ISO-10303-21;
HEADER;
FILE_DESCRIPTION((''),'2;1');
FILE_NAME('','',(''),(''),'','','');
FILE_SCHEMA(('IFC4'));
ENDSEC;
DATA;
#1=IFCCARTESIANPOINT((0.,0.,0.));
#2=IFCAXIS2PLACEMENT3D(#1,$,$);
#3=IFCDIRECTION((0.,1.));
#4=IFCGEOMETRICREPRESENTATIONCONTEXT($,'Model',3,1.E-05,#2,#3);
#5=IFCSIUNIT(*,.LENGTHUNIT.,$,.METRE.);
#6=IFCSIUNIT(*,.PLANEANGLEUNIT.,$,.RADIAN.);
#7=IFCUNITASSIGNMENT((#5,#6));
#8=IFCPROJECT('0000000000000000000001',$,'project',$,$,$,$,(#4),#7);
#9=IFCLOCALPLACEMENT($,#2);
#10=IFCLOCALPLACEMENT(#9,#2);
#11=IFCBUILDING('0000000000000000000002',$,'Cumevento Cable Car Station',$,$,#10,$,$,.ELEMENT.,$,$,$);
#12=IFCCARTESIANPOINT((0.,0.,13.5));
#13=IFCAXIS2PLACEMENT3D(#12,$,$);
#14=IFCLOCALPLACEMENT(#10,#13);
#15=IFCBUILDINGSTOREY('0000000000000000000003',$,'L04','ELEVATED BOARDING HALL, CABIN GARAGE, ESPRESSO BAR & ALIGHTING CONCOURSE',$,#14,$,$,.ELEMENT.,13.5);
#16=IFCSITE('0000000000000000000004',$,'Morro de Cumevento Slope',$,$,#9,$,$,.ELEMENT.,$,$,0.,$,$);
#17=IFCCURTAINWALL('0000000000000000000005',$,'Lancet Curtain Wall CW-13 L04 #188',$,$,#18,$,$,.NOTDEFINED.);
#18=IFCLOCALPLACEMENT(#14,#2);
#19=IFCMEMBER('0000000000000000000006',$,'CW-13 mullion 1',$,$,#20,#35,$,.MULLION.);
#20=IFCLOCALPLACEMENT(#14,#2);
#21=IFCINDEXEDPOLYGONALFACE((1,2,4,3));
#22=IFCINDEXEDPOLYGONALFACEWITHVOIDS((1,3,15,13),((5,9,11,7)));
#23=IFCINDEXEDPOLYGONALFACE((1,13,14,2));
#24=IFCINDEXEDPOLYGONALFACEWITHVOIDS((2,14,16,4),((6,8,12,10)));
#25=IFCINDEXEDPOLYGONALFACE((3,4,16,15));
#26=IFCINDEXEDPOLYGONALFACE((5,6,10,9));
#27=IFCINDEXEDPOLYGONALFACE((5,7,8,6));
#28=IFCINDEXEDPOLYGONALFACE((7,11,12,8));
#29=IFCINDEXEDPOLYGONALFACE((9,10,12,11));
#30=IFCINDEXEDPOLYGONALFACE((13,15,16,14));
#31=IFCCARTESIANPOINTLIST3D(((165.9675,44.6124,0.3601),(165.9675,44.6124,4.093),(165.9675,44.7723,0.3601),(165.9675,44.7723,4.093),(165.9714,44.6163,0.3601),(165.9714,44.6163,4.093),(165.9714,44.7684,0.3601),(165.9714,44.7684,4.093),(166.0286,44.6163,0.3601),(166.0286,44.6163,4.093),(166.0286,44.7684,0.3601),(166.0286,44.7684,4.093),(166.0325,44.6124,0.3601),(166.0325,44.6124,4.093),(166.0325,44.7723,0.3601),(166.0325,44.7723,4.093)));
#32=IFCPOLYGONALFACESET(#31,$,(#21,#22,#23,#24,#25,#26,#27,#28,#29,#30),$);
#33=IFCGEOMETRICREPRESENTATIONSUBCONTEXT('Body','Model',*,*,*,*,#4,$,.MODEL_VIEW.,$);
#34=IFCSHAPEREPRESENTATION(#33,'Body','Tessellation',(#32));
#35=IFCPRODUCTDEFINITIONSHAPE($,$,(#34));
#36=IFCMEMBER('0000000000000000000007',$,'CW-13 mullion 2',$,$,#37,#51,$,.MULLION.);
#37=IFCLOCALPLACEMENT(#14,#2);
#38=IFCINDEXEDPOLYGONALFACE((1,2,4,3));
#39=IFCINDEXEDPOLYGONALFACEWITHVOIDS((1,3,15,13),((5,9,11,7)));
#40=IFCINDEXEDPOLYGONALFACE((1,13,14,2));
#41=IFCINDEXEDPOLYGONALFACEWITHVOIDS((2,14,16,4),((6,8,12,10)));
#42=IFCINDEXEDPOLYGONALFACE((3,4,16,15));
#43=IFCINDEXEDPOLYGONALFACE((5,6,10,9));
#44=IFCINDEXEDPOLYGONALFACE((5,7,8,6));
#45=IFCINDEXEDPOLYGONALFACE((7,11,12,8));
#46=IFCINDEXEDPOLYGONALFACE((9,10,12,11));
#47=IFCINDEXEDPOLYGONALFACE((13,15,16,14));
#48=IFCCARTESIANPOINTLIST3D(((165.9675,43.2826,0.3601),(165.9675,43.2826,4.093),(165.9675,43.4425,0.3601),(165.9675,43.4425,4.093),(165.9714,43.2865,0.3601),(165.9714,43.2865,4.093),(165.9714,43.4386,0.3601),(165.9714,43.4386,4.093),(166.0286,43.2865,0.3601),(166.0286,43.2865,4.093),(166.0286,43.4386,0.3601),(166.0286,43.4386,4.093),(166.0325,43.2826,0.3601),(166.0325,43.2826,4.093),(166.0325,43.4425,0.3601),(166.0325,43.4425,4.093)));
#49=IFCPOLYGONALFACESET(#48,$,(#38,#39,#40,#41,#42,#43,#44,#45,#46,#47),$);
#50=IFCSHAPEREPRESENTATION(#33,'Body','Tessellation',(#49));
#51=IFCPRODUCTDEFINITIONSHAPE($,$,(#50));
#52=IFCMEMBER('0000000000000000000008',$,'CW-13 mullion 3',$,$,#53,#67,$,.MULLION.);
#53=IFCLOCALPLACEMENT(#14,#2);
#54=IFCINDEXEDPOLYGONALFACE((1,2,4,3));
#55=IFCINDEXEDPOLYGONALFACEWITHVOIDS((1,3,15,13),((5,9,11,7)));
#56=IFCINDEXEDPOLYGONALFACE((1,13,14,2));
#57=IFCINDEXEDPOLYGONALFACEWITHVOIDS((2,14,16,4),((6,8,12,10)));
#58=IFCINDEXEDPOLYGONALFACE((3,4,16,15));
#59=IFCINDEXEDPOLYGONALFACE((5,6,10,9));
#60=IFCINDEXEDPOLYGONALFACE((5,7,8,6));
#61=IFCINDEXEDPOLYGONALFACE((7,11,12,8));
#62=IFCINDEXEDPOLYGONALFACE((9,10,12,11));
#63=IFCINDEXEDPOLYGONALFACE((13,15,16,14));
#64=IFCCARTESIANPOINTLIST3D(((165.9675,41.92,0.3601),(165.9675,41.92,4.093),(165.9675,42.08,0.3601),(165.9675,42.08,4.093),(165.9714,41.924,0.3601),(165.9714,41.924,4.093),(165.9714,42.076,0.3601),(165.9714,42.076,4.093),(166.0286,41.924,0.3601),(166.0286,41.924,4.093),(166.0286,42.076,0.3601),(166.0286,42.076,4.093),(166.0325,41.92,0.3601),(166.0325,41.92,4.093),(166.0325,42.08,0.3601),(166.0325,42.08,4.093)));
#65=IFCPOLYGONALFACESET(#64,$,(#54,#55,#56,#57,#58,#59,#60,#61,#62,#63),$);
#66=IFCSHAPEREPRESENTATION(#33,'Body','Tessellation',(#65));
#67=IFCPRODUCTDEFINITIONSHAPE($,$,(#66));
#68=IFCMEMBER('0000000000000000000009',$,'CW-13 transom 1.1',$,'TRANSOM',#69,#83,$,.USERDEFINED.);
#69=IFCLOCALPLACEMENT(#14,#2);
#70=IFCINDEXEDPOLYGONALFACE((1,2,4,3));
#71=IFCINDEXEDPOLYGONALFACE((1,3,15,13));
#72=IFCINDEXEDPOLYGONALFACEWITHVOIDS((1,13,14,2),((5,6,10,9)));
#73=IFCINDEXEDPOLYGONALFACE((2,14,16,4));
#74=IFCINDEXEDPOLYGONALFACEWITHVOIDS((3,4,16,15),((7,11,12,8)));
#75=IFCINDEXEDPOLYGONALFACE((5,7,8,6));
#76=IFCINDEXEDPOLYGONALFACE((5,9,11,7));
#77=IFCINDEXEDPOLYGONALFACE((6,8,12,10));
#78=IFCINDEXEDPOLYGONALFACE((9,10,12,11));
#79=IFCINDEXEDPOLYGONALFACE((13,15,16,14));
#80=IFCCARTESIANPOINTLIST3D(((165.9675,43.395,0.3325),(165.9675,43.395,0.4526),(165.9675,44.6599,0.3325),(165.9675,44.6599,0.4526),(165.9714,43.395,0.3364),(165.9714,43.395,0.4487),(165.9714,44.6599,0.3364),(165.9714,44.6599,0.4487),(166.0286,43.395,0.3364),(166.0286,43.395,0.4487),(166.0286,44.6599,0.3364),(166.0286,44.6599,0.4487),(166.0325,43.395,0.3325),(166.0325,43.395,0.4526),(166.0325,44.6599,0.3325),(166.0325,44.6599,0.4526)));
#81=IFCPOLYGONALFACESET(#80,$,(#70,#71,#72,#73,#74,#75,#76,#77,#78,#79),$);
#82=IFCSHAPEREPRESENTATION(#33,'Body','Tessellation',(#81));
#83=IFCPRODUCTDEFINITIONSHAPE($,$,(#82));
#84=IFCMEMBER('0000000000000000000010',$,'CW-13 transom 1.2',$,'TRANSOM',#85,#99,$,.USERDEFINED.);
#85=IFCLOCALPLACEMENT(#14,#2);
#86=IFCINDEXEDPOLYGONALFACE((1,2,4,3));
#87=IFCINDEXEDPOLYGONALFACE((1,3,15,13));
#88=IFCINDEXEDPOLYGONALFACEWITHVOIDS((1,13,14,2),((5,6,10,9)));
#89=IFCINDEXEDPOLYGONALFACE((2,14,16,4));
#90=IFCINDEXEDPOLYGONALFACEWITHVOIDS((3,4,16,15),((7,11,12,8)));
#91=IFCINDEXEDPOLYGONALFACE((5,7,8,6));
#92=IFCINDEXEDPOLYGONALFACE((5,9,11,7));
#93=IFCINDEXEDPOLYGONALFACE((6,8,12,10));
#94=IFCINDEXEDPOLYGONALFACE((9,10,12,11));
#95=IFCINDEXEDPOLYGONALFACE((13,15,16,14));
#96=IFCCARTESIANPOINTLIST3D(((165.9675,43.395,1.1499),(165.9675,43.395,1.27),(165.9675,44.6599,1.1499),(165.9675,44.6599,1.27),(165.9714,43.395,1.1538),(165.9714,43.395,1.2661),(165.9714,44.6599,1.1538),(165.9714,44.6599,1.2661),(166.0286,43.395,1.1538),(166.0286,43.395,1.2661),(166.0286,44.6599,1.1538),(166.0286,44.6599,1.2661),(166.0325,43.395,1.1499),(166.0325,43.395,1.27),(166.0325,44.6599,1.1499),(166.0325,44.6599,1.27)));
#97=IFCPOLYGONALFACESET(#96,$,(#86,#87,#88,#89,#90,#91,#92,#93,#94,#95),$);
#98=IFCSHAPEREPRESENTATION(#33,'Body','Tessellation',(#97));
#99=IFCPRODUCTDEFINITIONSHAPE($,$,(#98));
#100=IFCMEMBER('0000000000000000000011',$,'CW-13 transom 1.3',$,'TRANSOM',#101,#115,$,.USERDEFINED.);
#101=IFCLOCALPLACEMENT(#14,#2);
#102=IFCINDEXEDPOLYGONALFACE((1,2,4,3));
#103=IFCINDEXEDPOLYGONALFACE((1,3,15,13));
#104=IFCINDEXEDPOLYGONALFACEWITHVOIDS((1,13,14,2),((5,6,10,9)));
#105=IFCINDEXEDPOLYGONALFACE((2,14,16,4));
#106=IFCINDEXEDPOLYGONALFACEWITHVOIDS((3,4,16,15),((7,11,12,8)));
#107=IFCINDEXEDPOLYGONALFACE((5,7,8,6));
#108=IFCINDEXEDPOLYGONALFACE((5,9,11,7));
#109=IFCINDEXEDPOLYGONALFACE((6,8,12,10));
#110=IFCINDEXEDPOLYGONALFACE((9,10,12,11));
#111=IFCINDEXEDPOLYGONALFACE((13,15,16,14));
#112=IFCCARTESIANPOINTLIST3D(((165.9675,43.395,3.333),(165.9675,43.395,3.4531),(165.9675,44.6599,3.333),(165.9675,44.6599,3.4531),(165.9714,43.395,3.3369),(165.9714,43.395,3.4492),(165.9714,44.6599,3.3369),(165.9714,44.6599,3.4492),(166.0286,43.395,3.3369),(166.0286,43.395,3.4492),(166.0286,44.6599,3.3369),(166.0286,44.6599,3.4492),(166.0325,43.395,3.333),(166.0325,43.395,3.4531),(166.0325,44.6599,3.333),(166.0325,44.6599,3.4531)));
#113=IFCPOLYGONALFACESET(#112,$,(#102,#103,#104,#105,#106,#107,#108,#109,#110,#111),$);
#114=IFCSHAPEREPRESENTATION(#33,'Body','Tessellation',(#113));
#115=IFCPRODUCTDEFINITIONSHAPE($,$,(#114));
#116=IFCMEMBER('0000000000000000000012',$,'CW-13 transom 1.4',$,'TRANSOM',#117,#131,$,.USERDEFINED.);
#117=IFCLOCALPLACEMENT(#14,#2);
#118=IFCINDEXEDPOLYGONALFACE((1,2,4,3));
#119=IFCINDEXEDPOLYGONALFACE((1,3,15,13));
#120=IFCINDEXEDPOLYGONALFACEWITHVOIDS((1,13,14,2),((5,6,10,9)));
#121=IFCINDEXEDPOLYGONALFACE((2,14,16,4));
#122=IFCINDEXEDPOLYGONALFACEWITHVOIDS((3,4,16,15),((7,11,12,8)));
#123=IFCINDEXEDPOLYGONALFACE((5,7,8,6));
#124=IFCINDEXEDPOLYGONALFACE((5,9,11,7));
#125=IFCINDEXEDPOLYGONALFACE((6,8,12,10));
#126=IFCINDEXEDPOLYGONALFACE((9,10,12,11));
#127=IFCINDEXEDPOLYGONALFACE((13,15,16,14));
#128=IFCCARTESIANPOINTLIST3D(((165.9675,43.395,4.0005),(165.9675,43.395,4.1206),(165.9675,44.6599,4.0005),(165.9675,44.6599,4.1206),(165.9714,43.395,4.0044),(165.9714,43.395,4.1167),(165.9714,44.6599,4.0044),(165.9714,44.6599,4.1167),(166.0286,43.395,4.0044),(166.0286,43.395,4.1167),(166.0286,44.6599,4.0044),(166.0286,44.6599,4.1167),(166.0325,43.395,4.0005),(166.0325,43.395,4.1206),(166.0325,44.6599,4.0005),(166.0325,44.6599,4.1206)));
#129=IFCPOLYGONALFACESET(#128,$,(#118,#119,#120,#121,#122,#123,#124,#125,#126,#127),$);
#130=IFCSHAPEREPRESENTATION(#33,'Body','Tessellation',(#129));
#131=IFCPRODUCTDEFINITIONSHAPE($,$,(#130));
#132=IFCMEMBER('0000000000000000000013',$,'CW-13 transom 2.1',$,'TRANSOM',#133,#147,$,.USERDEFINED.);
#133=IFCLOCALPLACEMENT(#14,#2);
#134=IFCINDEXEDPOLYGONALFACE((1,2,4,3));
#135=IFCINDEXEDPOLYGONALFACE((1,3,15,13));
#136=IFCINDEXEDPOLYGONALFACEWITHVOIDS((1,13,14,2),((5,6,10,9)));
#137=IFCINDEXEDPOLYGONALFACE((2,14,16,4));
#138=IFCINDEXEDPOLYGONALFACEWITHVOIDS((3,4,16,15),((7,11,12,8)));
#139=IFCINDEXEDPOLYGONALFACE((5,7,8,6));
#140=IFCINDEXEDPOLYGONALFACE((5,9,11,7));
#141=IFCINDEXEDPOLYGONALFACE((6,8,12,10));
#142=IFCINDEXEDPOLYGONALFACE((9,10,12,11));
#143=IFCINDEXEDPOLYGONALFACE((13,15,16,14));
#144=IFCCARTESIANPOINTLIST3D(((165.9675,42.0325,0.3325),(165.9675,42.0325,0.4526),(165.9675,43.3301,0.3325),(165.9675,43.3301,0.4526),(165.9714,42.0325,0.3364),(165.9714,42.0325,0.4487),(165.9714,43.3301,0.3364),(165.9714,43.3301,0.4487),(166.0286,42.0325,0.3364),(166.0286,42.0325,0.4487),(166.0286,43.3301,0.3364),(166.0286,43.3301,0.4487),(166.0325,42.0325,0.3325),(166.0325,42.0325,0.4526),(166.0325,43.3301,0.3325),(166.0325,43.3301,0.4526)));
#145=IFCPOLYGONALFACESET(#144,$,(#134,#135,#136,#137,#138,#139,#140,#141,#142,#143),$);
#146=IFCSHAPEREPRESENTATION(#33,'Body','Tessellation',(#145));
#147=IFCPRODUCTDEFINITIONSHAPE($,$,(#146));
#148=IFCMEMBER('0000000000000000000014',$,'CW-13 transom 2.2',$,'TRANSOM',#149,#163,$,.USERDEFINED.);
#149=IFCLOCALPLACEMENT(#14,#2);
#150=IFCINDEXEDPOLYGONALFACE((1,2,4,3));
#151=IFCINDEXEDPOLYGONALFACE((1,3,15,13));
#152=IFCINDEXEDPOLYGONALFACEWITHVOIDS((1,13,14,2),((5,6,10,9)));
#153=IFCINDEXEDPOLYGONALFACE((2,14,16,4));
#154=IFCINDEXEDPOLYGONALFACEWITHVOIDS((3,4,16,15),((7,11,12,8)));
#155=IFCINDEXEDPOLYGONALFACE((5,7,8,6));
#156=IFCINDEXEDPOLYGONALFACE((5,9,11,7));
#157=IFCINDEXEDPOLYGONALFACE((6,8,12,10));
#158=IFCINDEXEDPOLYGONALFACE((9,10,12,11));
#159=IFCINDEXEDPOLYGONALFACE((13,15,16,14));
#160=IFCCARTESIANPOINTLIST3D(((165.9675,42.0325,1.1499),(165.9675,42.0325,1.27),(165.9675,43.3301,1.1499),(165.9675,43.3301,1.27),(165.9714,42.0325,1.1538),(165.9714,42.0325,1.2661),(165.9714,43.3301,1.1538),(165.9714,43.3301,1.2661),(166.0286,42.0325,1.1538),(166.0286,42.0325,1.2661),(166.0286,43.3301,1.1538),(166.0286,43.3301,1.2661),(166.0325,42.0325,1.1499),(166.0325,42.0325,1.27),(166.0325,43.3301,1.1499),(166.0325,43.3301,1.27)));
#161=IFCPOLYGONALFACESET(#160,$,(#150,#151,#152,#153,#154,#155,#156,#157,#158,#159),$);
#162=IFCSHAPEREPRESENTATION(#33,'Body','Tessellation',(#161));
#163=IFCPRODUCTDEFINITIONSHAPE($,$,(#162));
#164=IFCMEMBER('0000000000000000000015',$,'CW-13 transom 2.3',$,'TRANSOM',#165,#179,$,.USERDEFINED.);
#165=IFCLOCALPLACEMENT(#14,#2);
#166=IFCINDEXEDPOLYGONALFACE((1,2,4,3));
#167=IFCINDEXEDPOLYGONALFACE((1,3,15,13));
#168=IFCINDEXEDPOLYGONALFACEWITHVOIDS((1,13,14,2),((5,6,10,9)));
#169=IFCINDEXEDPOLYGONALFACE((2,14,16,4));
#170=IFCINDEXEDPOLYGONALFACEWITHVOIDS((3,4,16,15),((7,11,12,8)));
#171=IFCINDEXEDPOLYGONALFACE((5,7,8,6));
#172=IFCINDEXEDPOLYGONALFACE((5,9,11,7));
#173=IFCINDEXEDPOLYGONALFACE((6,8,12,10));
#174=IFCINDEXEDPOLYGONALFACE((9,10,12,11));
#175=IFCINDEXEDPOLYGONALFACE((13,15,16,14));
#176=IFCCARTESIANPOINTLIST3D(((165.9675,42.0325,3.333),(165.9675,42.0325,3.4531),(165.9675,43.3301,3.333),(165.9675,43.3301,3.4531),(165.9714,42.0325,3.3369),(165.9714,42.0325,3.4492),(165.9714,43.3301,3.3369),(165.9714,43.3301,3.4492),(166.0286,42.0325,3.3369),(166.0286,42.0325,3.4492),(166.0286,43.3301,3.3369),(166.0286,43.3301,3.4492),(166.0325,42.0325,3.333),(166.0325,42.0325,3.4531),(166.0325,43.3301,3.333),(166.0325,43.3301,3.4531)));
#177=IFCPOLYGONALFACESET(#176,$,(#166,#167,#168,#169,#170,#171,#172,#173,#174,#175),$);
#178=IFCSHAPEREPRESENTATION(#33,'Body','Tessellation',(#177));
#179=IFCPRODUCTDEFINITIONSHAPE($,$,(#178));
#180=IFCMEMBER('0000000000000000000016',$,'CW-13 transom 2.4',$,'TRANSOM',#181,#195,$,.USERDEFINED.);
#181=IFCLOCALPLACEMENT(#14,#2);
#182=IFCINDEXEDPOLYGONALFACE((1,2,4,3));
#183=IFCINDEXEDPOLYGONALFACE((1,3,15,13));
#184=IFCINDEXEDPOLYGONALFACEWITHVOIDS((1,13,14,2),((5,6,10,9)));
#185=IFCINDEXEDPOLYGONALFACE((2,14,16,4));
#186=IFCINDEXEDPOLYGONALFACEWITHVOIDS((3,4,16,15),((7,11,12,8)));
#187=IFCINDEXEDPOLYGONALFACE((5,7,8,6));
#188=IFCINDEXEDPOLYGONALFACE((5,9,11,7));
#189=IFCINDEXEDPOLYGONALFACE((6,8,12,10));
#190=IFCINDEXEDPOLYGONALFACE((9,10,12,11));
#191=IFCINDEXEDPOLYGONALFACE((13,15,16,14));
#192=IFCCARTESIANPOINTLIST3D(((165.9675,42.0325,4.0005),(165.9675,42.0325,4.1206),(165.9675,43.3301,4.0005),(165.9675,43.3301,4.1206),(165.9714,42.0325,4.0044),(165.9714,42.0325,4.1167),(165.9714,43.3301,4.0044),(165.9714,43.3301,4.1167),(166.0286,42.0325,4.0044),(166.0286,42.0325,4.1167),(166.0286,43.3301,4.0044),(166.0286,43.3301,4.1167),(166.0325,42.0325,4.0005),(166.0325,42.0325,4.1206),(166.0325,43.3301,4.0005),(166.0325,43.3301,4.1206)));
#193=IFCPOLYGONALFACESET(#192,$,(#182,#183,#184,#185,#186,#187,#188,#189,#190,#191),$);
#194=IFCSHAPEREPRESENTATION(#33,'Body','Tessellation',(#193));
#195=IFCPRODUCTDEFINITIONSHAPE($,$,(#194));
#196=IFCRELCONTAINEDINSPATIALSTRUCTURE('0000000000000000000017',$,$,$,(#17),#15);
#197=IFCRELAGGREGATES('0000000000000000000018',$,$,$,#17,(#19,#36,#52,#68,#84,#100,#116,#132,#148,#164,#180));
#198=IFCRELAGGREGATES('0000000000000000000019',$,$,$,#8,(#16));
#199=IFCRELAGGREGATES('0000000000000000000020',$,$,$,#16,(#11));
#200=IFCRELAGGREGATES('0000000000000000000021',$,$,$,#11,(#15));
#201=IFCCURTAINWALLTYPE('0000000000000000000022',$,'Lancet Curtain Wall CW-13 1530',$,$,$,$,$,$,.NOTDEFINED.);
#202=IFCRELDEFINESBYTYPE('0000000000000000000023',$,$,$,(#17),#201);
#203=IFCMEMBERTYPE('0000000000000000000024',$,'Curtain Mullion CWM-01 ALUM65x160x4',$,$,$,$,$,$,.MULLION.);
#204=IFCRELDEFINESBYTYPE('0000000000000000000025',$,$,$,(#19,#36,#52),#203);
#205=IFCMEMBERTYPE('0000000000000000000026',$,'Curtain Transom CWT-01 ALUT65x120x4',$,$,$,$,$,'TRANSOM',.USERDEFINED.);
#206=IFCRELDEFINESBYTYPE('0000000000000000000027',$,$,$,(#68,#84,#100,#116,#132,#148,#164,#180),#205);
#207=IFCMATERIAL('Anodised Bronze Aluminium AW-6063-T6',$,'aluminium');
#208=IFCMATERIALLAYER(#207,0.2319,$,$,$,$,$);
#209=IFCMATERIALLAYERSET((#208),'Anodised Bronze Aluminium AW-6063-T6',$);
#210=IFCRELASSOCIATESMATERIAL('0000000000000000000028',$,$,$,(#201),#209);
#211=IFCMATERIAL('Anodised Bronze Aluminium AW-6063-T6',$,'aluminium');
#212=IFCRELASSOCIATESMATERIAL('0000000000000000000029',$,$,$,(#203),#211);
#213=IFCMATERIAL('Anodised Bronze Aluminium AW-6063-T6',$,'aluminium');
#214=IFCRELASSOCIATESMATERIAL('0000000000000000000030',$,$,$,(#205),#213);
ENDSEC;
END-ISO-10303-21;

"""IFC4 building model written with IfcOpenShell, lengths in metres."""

from ifc_helpers import new_model, si_unit, direction, frame, origin, origin_2d, place, context, subcontext, project, spatial, hollow_rectangle, extrude, material, layer, layer_set, material_profile, profile_set, type_object, element, aggregate, save


model = new_model("IFC4")

# Units and contexts
model_context = context("Model", 3, precision=1e-05, world=origin(), true_north=direction((0.0, 1.0)))
body_context = subcontext(model_context, "Body", "Model", "MODEL_VIEW")
ifc_project = project(units=[si_unit("LENGTHUNIT", "METRE"), si_unit("PLANEANGLEUNIT", "RADIAN")], contexts=[model_context])

# Site, building, storey
site_placement = place(None, origin())
site = spatial("IfcSite", under=ifc_project, at=site_placement, Name="Morro de Cumevento Slope", CompositionType="ELEMENT", RefElevation=0.0)
building_placement = place(site_placement, origin())
building = spatial("IfcBuilding", under=site, at=building_placement, Name="Cumevento Cable Car Station", CompositionType="ELEMENT")
storey_placement = place(building_placement, frame((0.0, 0.0, 13.5)))
storey = spatial("IfcBuildingStorey", under=building, at=storey_placement, Name="L04", Description="ELEVATED BOARDING HALL, CABIN GARAGE, ESPRESSO BAR & ALIGHTING CONCOURSE", CompositionType="ELEMENT", Elevation=13.5)

# Curtain wall, members
ifc_material_1 = material(Name="Anodised Bronze Aluminium AW-6063-T6", Category="aluminium")
ifc_layer_1 = layer(ifc_material_1, 0.2319)
ifc_layer_set_1 = layer_set([ifc_layer_1], Name="Anodised Bronze Aluminium AW-6063-T6")
curtain_wall_type = type_object("IfcCurtainWallType", Name="Lancet Curtain Wall CW-13 1530", PredefinedType="NOTDEFINED", material=ifc_layer_set_1)
curtain_wall_placement = place(storey_placement, origin())
curtain_wall = element("IfcCurtainWall", 1, at=curtain_wall_placement, inside=storey, type_object=curtain_wall_type, Name="Lancet Curtain Wall CW-13 L04 #188", PredefinedType="NOTDEFINED")
ifc_material_2 = material(Name="Anodised Bronze Aluminium AW-6063-T6", Category="aluminium")
ifc_material_profile_1 = material_profile(ifc_material_2, hollow_rectangle(XDim=0.0649, YDim=0.1599, WallThickness=0.0039, at=origin_2d()), Name="ALUM65x160x4")
ifc_profile_set_1 = profile_set([ifc_material_profile_1], Name="Anodised Bronze Aluminium AW-6063-T6")
member_type_1 = type_object("IfcMemberType", Name="Curtain Mullion CWM-01 ALUM65x160x4", PredefinedType="MULLION", material=ifc_profile_set_1)
member_1_placement = place(storey_placement, frame((166.0, 44.6924, 0.3601), z_axis=(0.0, 0.0, 1.0), x_axis=(1.0, 0.0, 0.0)))
member_1 = element("IfcMember", 2, at=member_1_placement, type_object=member_type_1, Name="CW-13 mullion 1", PredefinedType="MULLION", context=body_context, shape_type="SweptSolid", body=[
    extrude(hollow_rectangle(XDim=0.0649, YDim=0.1599, WallThickness=0.0039, at=origin_2d()), origin(), (0.0, 0.0, 1.0), 3.7329),
])
member_2_placement = place(storey_placement, frame((166.0, 43.3625, 0.3601), z_axis=(0.0, 0.0, 1.0), x_axis=(1.0, 0.0, 0.0)))
member_2 = element("IfcMember", 3, at=member_2_placement, type_object=member_type_1, Name="CW-13 mullion 2", PredefinedType="MULLION", context=body_context, shape_type="SweptSolid", body=[
    extrude(hollow_rectangle(XDim=0.0649, YDim=0.1599, WallThickness=0.0039, at=origin_2d()), origin(), (0.0, 0.0, 1.0), 3.7329),
])
member_3_placement = place(storey_placement, frame((166.0, 42.0, 0.3601), z_axis=(0.0, 0.0, 1.0), x_axis=(1.0, 0.0, 0.0)))
member_3 = element("IfcMember", 4, at=member_3_placement, type_object=member_type_1, Name="CW-13 mullion 3", PredefinedType="MULLION", context=body_context, shape_type="SweptSolid", body=[
    extrude(hollow_rectangle(XDim=0.0649, YDim=0.1599, WallThickness=0.0039, at=origin_2d()), origin(), (0.0, 0.0, 1.0), 3.7329),
])
ifc_material_3 = material(Name="Anodised Bronze Aluminium AW-6063-T6", Category="aluminium")
ifc_material_profile_2 = material_profile(ifc_material_3, hollow_rectangle(XDim=0.0649, YDim=0.1201, WallThickness=0.0039, at=origin_2d()), Name="ALUT65x120x4")
ifc_profile_set_2 = profile_set([ifc_material_profile_2], Name="Anodised Bronze Aluminium AW-6063-T6")
member_type_2 = type_object("IfcMemberType", Name="Curtain Transom CWT-01 ALUT65x120x4", ElementType="TRANSOM", PredefinedType="USERDEFINED", material=ifc_profile_set_2)
member_4_placement = place(storey_placement, frame((166.0, 44.6599, 0.3926), z_axis=(0.0, -1.0, 0.0), x_axis=(1.0, 0.0, 0.0)))
member_4 = element("IfcMember", 5, at=member_4_placement, type_object=member_type_2, Name="CW-13 transom 1.1", ObjectType="TRANSOM", PredefinedType="USERDEFINED", context=body_context, shape_type="SweptSolid", body=[
    extrude(hollow_rectangle(XDim=0.0649, YDim=0.1201, WallThickness=0.0039, at=origin_2d()), origin(), (0.0, 0.0, 1.0), 1.2649),
])
member_5_placement = place(storey_placement, frame((166.0, 44.6599, 1.21), z_axis=(0.0, -1.0, 0.0), x_axis=(1.0, 0.0, 0.0)))
member_5 = element("IfcMember", 6, at=member_5_placement, type_object=member_type_2, Name="CW-13 transom 1.2", ObjectType="TRANSOM", PredefinedType="USERDEFINED", context=body_context, shape_type="SweptSolid", body=[
    extrude(hollow_rectangle(XDim=0.0649, YDim=0.1201, WallThickness=0.0039, at=origin_2d()), origin(), (0.0, 0.0, 1.0), 1.2649),
])
member_6_placement = place(storey_placement, frame((166.0, 44.6599, 3.3931), z_axis=(0.0, -1.0, 0.0), x_axis=(1.0, 0.0, 0.0)))
member_6 = element("IfcMember", 7, at=member_6_placement, type_object=member_type_2, Name="CW-13 transom 1.3", ObjectType="TRANSOM", PredefinedType="USERDEFINED", context=body_context, shape_type="SweptSolid", body=[
    extrude(hollow_rectangle(XDim=0.0649, YDim=0.1201, WallThickness=0.0039, at=origin_2d()), origin(), (0.0, 0.0, 1.0), 1.2649),
])
member_7_placement = place(storey_placement, frame((166.0, 44.6599, 4.0605), z_axis=(0.0, -1.0, 0.0), x_axis=(1.0, 0.0, 0.0)))
member_7 = element("IfcMember", 8, at=member_7_placement, type_object=member_type_2, Name="CW-13 transom 1.4", ObjectType="TRANSOM", PredefinedType="USERDEFINED", context=body_context, shape_type="SweptSolid", body=[
    extrude(hollow_rectangle(XDim=0.0649, YDim=0.1201, WallThickness=0.0039, at=origin_2d()), origin(), (0.0, 0.0, 1.0), 1.2649),
])
member_8_placement = place(storey_placement, frame((166.0, 43.3301, 0.3926), z_axis=(0.0, -1.0, 0.0), x_axis=(1.0, 0.0, 0.0)))
member_8 = element("IfcMember", 9, at=member_8_placement, type_object=member_type_2, Name="CW-13 transom 2.1", ObjectType="TRANSOM", PredefinedType="USERDEFINED", context=body_context, shape_type="SweptSolid", body=[
    extrude(hollow_rectangle(XDim=0.0649, YDim=0.1201, WallThickness=0.0039, at=origin_2d()), origin(), (0.0, 0.0, 1.0), 1.2976),
])
member_9_placement = place(storey_placement, frame((166.0, 43.3301, 1.21), z_axis=(0.0, -1.0, 0.0), x_axis=(1.0, 0.0, 0.0)))
member_9 = element("IfcMember", 10, at=member_9_placement, type_object=member_type_2, Name="CW-13 transom 2.2", ObjectType="TRANSOM", PredefinedType="USERDEFINED", context=body_context, shape_type="SweptSolid", body=[
    extrude(hollow_rectangle(XDim=0.0649, YDim=0.1201, WallThickness=0.0039, at=origin_2d()), origin(), (0.0, 0.0, 1.0), 1.2976),
])
member_10_placement = place(storey_placement, frame((166.0, 43.3301, 3.3931), z_axis=(0.0, -1.0, 0.0), x_axis=(1.0, 0.0, 0.0)))
member_10 = element("IfcMember", 11, at=member_10_placement, type_object=member_type_2, Name="CW-13 transom 2.3", ObjectType="TRANSOM", PredefinedType="USERDEFINED", context=body_context, shape_type="SweptSolid", body=[
    extrude(hollow_rectangle(XDim=0.0649, YDim=0.1201, WallThickness=0.0039, at=origin_2d()), origin(), (0.0, 0.0, 1.0), 1.2976),
])
member_11_placement = place(storey_placement, frame((166.0, 43.3301, 4.0605), z_axis=(0.0, -1.0, 0.0), x_axis=(1.0, 0.0, 0.0)))
member_11 = element("IfcMember", 12, at=member_11_placement, type_object=member_type_2, Name="CW-13 transom 2.4", ObjectType="TRANSOM", PredefinedType="USERDEFINED", context=body_context, shape_type="SweptSolid", body=[
    extrude(hollow_rectangle(XDim=0.0649, YDim=0.1201, WallThickness=0.0039, at=origin_2d()), origin(), (0.0, 0.0, 1.0), 1.2976),
])
aggregate(curtain_wall, [member_1, member_2, member_3, member_4, member_5, member_6, member_7, member_8, member_9, member_10, member_11])

save(model, "model.ifc")
